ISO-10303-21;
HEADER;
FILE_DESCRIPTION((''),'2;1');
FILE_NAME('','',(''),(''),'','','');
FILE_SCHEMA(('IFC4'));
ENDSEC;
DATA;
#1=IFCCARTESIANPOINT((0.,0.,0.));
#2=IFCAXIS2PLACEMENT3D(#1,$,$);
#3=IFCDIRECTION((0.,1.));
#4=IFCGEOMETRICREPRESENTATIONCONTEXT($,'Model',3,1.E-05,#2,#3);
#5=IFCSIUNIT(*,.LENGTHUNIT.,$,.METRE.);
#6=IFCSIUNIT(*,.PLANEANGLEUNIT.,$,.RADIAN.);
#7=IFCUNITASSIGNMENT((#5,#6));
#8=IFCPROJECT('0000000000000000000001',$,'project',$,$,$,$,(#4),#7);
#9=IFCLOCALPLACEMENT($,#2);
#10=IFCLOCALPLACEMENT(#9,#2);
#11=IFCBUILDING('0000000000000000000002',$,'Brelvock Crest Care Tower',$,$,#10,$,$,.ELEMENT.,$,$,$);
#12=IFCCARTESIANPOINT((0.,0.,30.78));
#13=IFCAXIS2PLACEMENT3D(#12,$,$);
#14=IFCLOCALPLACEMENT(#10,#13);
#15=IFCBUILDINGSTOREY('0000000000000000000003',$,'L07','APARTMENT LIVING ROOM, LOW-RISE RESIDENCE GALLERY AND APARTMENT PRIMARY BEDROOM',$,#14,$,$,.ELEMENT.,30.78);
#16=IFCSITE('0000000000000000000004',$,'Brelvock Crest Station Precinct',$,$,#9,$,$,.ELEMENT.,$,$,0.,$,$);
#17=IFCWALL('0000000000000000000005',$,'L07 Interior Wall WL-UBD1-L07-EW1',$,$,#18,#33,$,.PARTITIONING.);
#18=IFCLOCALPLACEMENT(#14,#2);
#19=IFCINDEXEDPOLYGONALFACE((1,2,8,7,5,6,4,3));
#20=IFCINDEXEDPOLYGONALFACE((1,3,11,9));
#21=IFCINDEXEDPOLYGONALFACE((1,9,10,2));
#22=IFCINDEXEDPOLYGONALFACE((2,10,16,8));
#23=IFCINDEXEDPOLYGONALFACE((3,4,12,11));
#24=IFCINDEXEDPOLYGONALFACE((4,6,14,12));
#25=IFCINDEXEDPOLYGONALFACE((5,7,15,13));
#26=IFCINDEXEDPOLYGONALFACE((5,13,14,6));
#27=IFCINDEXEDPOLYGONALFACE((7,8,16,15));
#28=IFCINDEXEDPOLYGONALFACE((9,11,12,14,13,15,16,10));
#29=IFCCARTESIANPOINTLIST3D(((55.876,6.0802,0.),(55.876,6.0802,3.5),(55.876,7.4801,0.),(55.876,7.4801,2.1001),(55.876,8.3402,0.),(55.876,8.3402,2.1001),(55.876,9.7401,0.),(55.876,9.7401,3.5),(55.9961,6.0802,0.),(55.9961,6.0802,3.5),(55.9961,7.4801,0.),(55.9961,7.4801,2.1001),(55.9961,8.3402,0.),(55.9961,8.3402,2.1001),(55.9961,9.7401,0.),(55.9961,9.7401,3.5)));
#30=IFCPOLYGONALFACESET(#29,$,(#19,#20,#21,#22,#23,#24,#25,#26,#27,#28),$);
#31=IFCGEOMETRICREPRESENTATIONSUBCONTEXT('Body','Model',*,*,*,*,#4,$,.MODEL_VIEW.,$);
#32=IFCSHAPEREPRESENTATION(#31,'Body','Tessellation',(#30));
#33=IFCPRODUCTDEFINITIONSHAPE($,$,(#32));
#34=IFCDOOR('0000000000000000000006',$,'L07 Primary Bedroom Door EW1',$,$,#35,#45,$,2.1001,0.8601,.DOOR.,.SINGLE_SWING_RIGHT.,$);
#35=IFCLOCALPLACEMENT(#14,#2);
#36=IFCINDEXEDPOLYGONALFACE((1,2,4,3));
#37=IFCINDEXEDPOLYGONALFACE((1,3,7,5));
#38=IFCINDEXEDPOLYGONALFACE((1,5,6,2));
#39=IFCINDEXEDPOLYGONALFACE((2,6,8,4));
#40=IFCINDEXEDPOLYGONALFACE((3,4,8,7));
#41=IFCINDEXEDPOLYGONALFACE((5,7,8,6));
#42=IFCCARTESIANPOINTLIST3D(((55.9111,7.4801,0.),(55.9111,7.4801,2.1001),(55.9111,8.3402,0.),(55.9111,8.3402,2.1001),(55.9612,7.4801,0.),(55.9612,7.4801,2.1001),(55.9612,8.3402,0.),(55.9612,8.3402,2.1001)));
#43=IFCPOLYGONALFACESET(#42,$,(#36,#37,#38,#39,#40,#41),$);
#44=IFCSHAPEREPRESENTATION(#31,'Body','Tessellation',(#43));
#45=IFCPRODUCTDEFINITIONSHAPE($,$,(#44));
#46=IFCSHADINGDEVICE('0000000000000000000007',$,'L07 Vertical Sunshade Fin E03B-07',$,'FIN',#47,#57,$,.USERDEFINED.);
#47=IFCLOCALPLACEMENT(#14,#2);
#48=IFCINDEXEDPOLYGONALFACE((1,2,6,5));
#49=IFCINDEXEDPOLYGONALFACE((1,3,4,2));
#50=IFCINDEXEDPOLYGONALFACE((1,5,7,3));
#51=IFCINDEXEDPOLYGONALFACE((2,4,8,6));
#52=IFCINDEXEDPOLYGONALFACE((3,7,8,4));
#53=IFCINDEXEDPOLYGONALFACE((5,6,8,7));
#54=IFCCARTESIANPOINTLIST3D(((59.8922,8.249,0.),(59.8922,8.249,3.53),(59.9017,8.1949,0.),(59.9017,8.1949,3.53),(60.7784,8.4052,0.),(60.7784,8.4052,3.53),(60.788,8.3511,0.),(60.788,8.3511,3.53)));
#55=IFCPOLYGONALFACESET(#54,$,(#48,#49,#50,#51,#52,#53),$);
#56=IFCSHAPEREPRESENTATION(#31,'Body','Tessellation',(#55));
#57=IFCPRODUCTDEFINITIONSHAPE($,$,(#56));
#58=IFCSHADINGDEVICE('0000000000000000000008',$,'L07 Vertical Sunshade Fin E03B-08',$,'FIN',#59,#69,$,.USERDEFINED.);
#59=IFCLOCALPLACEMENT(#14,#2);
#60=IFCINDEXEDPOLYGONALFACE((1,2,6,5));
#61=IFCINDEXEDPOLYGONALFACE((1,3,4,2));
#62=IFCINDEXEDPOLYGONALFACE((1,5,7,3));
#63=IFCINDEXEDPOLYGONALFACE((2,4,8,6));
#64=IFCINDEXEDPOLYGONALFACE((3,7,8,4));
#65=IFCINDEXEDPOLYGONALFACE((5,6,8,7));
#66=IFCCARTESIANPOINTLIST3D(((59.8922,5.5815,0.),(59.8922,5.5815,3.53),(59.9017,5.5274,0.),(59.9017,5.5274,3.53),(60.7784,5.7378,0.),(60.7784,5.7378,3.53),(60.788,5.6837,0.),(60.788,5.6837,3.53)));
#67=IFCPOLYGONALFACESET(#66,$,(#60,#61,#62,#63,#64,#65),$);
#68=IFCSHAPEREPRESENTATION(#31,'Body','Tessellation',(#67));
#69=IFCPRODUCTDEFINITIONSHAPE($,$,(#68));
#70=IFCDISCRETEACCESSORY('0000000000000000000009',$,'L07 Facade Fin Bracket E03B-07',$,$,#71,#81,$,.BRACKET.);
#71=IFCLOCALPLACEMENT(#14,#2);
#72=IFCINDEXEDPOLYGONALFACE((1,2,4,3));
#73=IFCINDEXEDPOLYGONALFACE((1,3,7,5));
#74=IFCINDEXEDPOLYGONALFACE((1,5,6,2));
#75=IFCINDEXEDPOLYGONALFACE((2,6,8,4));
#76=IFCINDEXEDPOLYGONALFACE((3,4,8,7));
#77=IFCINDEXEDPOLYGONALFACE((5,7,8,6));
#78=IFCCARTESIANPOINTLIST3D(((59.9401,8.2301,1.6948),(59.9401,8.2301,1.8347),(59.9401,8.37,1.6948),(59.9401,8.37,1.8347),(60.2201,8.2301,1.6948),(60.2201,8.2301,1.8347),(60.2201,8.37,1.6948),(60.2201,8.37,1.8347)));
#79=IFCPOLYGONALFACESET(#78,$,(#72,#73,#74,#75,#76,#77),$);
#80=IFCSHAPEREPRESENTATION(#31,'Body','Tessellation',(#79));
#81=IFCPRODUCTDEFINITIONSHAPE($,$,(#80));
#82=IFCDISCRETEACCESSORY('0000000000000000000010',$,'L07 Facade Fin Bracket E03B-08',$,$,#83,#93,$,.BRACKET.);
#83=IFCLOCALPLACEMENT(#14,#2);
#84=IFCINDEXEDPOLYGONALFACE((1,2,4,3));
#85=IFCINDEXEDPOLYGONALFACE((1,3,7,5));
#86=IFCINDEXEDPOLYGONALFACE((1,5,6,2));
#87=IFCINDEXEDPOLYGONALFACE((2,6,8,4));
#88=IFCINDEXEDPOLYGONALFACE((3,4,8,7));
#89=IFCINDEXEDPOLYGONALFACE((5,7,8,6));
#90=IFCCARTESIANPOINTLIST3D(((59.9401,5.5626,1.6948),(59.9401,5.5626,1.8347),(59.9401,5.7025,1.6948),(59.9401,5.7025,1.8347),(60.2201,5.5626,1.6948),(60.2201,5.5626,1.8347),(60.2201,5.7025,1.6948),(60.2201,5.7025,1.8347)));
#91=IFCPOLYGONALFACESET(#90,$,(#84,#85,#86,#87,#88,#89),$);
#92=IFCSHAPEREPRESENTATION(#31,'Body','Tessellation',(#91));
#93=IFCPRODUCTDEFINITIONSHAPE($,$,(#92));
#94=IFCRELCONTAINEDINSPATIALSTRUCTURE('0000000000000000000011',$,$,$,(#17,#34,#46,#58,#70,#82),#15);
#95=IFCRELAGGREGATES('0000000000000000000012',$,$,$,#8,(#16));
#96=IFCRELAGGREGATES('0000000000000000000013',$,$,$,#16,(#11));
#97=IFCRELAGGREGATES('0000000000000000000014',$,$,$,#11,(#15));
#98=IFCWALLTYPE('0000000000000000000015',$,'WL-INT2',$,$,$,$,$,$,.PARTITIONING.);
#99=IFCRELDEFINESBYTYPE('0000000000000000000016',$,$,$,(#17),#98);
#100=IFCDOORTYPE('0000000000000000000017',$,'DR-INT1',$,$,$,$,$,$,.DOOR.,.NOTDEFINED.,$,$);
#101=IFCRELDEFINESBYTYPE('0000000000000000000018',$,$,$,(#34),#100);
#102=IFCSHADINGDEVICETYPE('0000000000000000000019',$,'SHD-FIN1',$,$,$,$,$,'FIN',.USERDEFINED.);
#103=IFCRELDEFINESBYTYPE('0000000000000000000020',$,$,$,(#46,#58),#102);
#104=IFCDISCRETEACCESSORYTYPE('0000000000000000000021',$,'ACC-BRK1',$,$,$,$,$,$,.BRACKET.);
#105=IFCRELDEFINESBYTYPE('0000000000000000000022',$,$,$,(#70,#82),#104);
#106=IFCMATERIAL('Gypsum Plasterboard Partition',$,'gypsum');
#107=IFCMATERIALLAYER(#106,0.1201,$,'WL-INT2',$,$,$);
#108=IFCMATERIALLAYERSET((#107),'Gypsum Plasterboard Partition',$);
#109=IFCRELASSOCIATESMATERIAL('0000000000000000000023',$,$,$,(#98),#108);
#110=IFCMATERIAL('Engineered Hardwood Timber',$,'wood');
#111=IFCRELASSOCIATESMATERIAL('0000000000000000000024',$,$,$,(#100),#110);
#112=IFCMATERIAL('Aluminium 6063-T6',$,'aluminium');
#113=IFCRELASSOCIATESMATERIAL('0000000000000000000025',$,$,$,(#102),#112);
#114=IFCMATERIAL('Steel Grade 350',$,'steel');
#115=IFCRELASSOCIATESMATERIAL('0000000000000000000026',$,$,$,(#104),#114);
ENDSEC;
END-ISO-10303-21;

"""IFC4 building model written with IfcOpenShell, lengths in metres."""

from ifc_helpers import new_model, si_unit, direction, frame, frame_2d, origin, origin_2d, place, context, subcontext, project, spatial, rectangle, extrude, source, transform, mapped, material, layer, layer_set, material_profile, profile_set, type_object, element, fill, save


model = new_model("IFC4")

# Units and contexts
model_context = context("Model", 3, precision=1e-05, world=origin(), true_north=direction((0.0, 1.0)))
body_context = subcontext(model_context, "Body", "Model", "MODEL_VIEW")
ifc_project = project(units=[si_unit("LENGTHUNIT", "METRE"), si_unit("PLANEANGLEUNIT", "RADIAN")], contexts=[model_context])

# Site, building, storey
site_placement = place(None, origin())
site = spatial("IfcSite", under=ifc_project, at=site_placement, Name="Brelvock Crest Station Precinct", CompositionType="ELEMENT", RefElevation=0.0)
building_placement = place(site_placement, origin())
building = spatial("IfcBuilding", under=site, at=building_placement, Name="Brelvock Crest Care Tower", CompositionType="ELEMENT")
storey_placement = place(building_placement, frame((0.0, 0.0, 30.78)))
storey = spatial("IfcBuildingStorey", under=building, at=storey_placement, Name="L07", Description="APARTMENT LIVING ROOM, LOW-RISE RESIDENCE GALLERY AND APARTMENT PRIMARY BEDROOM", CompositionType="ELEMENT", Elevation=30.78)

# Shared definitions
ifc_material_1 = material(Name="Aluminium 6063-T6", Category="aluminium")

# Shared definitions
ifc_material_2 = material(Name="Gypsum Plasterboard Partition", Category="gypsum")
ifc_layer_1 = layer(ifc_material_2, 0.1201, Name="WL-INT2")
ifc_layer_set_1 = layer_set([ifc_layer_1], Name="Gypsum Plasterboard Partition")
wall_type_1 = type_object("IfcWallType", Name="WL-INT2", PredefinedType="PARTITIONING", material=ifc_layer_set_1)

# Wall, opening, door
wall_1_placement = place(storey_placement, frame((55.936, 6.0801, 0.0), z_axis=(0.0, 0.0, 1.0), x_axis=(0.0, 1.0, 0.0)))
wall_1 = element("IfcWall", 1, at=wall_1_placement, inside=storey, type_object=wall_type_1, Name="L07 Interior Wall WL-UBD1-L07-EW1", PredefinedType="PARTITIONING", context=body_context, shape_type="SweptSolid", body=[
    extrude(rectangle(XDim=3.6599, YDim=0.1201, at=frame_2d((1.8301, 0.0))), origin(), (0.0, 0.0, 1.0), 3.5),
])
opening_placement = place(wall_1_placement, frame((1.3999, 0.0, 0.0)))
opening = element("IfcOpeningElement", 2, at=opening_placement, cuts=wall_1, PredefinedType="OPENING", context=body_context, shape_type="SweptSolid", body=[
    extrude(rectangle(XDim=0.8601, YDim=2.1001, at=origin_2d()), frame((0.4302, 0.0701, 1.05), z_axis=(0.0, -1.0, 0.0), x_axis=(1.0, 0.0, 0.0)), (0.0, 0.0, 1.0), 0.1401),
])
ifc_material_3 = material(Name="Engineered Hardwood Timber", Category="wood")
door_type = type_object("IfcDoorType", Name="DR-INT1", OperationType="NOTDEFINED", PredefinedType="DOOR", material=ifc_material_3)
shared_shape_1 = source(origin(), body_context, "Body", "SweptSolid", [
    extrude(rectangle(XDim=0.8601, YDim=2.1001, at=origin_2d()), frame((0.4302, 0.0249, 1.05), z_axis=(0.0, -1.0, 0.0), x_axis=(1.0, 0.0, 0.0)), (0.0, 0.0, 1.0), 0.05),
])
door_placement = place(opening_placement, origin())
door = element("IfcDoor", 3, at=door_placement, inside=storey, type_object=door_type, Name="L07 Primary Bedroom Door EW1", OperationType="SINGLE_SWING_RIGHT", OverallHeight=2.1001, OverallWidth=0.8601, PredefinedType="DOOR", context=body_context, shape_type="MappedRepresentation", body=[
    mapped(shared_shape_1, transform((0.0, 0.0, 0.0), x_axis=(1.0, 0.0, 0.0), y_axis=(0.0, 1.0, 0.0), z_axis=(0.0, 0.0, 1.0), scale=1.0)),
])
fill(opening, door)

# Shading devices
ifc_material_profile_1 = material_profile(ifc_material_1, rectangle(XDim=0.0549, YDim=0.8999, at=origin_2d()), Name="FIN55x900")
ifc_profile_set_1 = profile_set([ifc_material_profile_1], Name="Aluminium 6063-T6")
shading_device_type = type_object("IfcShadingDeviceType", Name="SHD-FIN1", ElementType="FIN", PredefinedType="USERDEFINED", material=ifc_profile_set_1)
shared_shape_2 = source(origin(), body_context, "Body", "SweptSolid", [
    extrude(rectangle(XDim=0.0549, YDim=0.8999, at=origin_2d()), origin(), (0.0, 0.0, 1.0), 3.53),
])
for number, where, z_axis, x_axis, name in (
    (4, (60.3401, 8.3, 0.0), (0.0, 0.0, 1.0), (0.173648, -0.984808, 0.0), "L07 Vertical Sunshade Fin E03B-07"),
    (5, (60.3401, 5.6326, 0.0), (0.0, 0.0, 1.0), (0.173648, -0.984808, 0.0), "L07 Vertical Sunshade Fin E03B-08"),
):
    element("IfcShadingDevice", number, at=place(storey_placement, frame(where, z_axis=z_axis, x_axis=x_axis)), inside=storey, type_object=shading_device_type, Name=name, ObjectType="FIN", PredefinedType="USERDEFINED", context=body_context, shape_type="MappedRepresentation", body=[
        mapped(shared_shape_2, transform((0.0, 0.0, 0.0), x_axis=(1.0, 0.0, 0.0), y_axis=(0.0, 1.0, 0.0), z_axis=(0.0, 0.0, 1.0), scale=1.0)),
    ])

# Discrete accessories
ifc_material_4 = material(Name="Steel Grade 350", Category="steel")
discrete_accessory_type = type_object("IfcDiscreteAccessoryType", Name="ACC-BRK1", PredefinedType="BRACKET", material=ifc_material_4)
shared_shape_3 = source(origin(), body_context, "Body", "SweptSolid", [
    extrude(rectangle(XDim=0.28, YDim=0.1399, at=origin_2d()), origin(), (0.0, 0.0, 1.0), 0.1399),
])
for number, where, z_axis, x_axis, name in (
    (6, (60.0801, 8.3, 1.6948), (0.0, 0.0, 1.0), (1.0, 0.0, 0.0), "L07 Facade Fin Bracket E03B-07"),
    (7, (60.0801, 5.6326, 1.6948), (0.0, 0.0, 1.0), (1.0, 0.0, 0.0), "L07 Facade Fin Bracket E03B-08"),
):
    element("IfcDiscreteAccessory", number, at=place(storey_placement, frame(where, z_axis=z_axis, x_axis=x_axis)), inside=storey, type_object=discrete_accessory_type, Name=name, PredefinedType="BRACKET", context=body_context, shape_type="MappedRepresentation", body=[
        mapped(shared_shape_3, transform((0.0, 0.0, 0.0), x_axis=(1.0, 0.0, 0.0), y_axis=(0.0, 1.0, 0.0), z_axis=(0.0, 0.0, 1.0), scale=1.0)),
    ])

save(model, "model.ifc")
